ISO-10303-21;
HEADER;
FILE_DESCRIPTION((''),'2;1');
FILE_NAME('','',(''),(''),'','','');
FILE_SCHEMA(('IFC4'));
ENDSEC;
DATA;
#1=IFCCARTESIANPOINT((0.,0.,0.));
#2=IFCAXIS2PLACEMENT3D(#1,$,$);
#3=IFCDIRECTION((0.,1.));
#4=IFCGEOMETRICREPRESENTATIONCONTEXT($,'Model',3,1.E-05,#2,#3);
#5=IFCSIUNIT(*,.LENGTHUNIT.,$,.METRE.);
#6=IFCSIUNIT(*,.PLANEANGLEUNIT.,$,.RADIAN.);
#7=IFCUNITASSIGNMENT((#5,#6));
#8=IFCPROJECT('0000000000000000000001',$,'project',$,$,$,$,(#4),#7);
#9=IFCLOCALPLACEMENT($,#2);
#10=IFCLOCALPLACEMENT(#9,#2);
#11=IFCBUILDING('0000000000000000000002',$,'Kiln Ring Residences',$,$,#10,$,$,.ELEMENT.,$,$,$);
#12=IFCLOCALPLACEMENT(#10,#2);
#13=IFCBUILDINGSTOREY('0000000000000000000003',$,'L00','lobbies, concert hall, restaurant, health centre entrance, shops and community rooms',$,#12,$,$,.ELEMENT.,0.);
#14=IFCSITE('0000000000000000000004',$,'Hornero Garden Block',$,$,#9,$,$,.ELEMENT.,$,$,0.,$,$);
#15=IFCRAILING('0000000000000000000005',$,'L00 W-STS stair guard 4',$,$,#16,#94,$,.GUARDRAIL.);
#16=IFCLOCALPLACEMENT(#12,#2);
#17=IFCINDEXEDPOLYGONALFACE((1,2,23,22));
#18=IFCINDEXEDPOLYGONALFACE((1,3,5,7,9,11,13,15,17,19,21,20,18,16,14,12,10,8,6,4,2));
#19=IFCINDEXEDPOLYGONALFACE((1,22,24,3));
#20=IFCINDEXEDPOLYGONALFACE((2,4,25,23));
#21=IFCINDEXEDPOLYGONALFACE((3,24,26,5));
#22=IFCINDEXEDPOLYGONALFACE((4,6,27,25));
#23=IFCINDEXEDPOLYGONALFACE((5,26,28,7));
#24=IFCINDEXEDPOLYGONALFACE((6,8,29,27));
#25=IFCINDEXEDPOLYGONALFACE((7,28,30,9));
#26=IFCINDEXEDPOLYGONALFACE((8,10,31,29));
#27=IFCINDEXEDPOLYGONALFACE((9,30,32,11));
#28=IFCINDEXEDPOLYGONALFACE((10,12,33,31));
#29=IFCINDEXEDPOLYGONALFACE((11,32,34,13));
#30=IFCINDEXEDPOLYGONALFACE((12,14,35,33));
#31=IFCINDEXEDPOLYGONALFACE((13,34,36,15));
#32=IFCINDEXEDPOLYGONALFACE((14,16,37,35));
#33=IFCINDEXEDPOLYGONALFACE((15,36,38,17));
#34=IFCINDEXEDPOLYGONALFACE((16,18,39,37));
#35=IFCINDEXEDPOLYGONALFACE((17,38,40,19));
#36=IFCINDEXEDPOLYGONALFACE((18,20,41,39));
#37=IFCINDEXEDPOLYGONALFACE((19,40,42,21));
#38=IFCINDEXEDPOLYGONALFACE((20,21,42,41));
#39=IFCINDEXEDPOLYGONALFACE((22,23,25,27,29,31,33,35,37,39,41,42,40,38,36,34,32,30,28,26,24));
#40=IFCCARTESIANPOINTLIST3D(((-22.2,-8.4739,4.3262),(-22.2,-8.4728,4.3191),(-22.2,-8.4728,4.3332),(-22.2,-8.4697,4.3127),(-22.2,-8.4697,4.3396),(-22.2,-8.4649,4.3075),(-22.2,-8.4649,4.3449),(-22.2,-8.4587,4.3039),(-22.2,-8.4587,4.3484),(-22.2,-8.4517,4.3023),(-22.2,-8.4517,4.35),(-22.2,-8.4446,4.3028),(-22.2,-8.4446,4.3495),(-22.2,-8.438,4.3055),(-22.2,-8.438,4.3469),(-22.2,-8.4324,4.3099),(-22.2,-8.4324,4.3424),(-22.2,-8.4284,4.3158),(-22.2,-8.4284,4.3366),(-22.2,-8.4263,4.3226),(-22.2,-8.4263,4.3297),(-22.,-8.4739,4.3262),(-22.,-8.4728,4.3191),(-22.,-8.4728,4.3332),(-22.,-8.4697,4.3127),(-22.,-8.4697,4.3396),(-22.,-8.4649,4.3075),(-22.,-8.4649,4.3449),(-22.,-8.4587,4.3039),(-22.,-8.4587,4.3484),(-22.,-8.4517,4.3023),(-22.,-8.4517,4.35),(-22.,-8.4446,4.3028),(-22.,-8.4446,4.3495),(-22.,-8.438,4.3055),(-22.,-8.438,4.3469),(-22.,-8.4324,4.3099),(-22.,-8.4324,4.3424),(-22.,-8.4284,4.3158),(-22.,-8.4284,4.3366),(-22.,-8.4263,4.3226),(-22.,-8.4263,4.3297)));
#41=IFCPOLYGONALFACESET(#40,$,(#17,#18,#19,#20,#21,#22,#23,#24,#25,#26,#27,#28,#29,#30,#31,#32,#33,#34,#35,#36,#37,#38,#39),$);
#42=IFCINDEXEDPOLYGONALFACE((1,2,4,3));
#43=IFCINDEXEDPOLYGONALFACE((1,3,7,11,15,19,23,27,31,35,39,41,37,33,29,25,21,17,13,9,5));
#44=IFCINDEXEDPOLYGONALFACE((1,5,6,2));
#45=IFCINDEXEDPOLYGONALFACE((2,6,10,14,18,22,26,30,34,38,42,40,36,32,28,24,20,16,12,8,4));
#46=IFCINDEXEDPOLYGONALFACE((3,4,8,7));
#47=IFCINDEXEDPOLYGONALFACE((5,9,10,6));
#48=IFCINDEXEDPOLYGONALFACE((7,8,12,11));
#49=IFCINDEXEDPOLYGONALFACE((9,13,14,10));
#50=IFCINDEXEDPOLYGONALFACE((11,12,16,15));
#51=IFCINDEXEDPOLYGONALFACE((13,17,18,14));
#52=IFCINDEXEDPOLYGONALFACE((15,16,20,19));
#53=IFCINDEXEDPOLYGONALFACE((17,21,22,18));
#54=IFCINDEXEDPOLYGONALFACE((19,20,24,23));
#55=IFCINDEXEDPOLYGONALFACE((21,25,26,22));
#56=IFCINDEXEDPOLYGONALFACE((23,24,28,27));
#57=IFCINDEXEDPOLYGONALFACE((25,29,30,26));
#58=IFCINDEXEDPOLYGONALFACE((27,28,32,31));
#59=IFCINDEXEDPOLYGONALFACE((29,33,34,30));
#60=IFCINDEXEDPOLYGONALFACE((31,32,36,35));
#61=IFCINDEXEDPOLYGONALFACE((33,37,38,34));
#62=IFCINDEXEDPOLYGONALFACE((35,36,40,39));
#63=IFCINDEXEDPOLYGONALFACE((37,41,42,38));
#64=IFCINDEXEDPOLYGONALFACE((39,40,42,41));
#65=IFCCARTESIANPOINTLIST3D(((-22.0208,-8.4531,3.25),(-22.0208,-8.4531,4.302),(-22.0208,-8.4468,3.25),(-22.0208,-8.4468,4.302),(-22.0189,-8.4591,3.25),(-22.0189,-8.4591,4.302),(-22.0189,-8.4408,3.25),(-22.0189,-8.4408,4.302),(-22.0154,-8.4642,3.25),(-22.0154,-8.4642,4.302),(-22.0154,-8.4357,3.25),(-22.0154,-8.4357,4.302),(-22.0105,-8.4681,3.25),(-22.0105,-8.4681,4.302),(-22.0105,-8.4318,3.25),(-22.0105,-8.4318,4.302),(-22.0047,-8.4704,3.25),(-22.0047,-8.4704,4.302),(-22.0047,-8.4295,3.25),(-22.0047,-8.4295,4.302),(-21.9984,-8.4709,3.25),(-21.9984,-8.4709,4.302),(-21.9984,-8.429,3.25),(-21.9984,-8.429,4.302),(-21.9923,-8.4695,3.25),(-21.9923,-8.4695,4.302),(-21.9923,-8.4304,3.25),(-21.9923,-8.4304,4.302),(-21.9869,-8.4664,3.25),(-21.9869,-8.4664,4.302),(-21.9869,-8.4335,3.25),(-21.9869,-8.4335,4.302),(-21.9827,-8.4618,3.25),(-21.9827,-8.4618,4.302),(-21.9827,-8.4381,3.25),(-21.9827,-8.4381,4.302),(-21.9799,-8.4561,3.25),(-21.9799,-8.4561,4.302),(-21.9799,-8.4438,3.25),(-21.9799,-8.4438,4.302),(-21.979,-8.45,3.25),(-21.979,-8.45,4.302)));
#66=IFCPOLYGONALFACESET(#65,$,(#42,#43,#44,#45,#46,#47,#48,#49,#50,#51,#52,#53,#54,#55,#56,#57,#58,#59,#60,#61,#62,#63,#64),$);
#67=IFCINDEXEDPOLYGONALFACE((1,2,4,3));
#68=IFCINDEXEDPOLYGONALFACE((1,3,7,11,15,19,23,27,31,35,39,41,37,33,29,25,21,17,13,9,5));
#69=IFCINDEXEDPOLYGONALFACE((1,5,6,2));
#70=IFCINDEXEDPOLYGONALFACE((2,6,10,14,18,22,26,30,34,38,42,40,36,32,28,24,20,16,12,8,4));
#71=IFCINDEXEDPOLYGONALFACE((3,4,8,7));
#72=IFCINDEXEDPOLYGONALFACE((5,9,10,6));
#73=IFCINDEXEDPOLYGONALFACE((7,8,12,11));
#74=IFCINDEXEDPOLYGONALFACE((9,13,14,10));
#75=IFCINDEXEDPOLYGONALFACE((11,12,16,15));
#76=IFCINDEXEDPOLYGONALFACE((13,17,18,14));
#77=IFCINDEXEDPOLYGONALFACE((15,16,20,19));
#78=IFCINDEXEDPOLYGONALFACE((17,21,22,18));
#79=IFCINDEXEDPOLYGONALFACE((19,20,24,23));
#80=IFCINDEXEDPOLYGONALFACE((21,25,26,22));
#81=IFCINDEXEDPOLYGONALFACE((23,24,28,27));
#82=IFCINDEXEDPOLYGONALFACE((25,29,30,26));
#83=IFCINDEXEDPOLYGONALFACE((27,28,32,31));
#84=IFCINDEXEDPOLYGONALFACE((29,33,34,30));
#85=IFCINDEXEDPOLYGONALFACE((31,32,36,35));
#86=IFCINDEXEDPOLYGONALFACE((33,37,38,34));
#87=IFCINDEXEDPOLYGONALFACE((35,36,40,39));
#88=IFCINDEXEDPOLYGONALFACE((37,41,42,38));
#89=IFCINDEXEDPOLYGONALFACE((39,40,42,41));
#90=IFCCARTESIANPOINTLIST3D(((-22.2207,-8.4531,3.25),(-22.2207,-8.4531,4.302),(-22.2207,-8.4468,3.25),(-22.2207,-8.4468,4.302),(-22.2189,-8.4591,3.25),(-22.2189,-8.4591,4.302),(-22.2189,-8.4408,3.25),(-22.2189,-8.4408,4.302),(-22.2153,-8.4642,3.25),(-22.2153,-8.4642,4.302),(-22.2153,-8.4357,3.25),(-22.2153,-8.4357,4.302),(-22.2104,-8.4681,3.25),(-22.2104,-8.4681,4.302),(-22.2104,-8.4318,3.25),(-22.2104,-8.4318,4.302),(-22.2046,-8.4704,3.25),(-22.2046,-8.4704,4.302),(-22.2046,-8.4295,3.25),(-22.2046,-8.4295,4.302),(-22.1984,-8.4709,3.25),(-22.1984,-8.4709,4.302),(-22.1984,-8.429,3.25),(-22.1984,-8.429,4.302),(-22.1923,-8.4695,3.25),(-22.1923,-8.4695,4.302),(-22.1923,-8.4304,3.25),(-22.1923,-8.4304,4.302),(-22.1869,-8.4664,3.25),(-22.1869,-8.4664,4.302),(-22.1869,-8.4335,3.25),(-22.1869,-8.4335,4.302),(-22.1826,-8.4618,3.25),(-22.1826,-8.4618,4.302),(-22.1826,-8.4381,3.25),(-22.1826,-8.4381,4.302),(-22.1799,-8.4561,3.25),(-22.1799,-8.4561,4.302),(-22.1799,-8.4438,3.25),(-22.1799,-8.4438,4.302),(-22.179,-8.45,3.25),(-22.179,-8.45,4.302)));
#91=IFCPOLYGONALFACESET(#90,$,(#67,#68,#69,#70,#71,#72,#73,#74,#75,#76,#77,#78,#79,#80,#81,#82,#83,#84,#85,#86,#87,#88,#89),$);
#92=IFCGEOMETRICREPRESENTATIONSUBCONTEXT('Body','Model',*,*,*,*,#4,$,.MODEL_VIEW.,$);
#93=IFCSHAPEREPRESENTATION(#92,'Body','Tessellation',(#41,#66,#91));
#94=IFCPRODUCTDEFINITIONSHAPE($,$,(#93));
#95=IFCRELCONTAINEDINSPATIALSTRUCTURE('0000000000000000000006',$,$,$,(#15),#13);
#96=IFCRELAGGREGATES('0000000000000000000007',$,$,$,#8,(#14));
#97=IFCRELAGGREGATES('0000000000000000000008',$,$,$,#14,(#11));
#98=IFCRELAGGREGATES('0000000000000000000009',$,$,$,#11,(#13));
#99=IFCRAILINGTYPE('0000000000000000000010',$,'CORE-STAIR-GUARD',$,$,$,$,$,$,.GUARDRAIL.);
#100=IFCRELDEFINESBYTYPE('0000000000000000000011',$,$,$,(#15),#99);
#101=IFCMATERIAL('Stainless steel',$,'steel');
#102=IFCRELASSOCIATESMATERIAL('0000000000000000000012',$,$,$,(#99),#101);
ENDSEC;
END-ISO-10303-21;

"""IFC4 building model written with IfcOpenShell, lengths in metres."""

from ifc_helpers import new_model, si_unit, direction, frame, origin, origin_2d, place, context, subcontext, project, spatial, circle, extrude, material, type_object, element, save


model = new_model("IFC4")

# Units and contexts
model_context = context("Model", 3, precision=1e-05, world=origin(), true_north=direction((0.0, 1.0)))
body_context = subcontext(model_context, "Body", "Model", "MODEL_VIEW")
ifc_project = project(units=[si_unit("LENGTHUNIT", "METRE"), si_unit("PLANEANGLEUNIT", "RADIAN")], contexts=[model_context])

# Site, building, storey
site_placement = place(None, origin())
site = spatial("IfcSite", under=ifc_project, at=site_placement, Name="Hornero Garden Block", CompositionType="ELEMENT", RefElevation=0.0)
building_placement = place(site_placement, origin())
building = spatial("IfcBuilding", under=site, at=building_placement, Name="Kiln Ring Residences", CompositionType="ELEMENT")
storey_placement = place(building_placement, origin())
storey = spatial("IfcBuildingStorey", under=building, at=storey_placement, Name="L00", Description="lobbies, concert hall, restaurant, health centre entrance, shops and community rooms", CompositionType="ELEMENT", Elevation=0.0)

# Railing
ifc_material_1 = material(Name="Stainless steel", Category="steel")
railing_type_1 = type_object("IfcRailingType", Name="CORE-STAIR-GUARD", PredefinedType="GUARDRAIL", material=ifc_material_1)
railing_1_placement = place(storey_placement, frame((-22.0, -8.45, 3.25)))
element("IfcRailing", 1, at=railing_1_placement, inside=storey, type_object=railing_type_1, Name="L00 W-STS stair guard 4", PredefinedType="GUARDRAIL", context=body_context, shape_type="SweptSolid", body=[
    extrude(circle(Radius=0.0239, at=origin_2d()), frame((0.0, 0.0, 1.0762), z_axis=(-1.0, 0.0, 0.0), x_axis=(0.0, -1.0, 0.0)), (0.0, 0.0, 1.0), 0.2),
    extrude(circle(Radius=0.021, at=origin_2d()), origin(), (0.0, 0.0, 1.0), 1.052),
    extrude(circle(Radius=0.021, at=origin_2d()), frame((-0.2, 0.0, 0.0)), (0.0, 0.0, 1.0), 1.052),
])

save(model, "model.ifc")
